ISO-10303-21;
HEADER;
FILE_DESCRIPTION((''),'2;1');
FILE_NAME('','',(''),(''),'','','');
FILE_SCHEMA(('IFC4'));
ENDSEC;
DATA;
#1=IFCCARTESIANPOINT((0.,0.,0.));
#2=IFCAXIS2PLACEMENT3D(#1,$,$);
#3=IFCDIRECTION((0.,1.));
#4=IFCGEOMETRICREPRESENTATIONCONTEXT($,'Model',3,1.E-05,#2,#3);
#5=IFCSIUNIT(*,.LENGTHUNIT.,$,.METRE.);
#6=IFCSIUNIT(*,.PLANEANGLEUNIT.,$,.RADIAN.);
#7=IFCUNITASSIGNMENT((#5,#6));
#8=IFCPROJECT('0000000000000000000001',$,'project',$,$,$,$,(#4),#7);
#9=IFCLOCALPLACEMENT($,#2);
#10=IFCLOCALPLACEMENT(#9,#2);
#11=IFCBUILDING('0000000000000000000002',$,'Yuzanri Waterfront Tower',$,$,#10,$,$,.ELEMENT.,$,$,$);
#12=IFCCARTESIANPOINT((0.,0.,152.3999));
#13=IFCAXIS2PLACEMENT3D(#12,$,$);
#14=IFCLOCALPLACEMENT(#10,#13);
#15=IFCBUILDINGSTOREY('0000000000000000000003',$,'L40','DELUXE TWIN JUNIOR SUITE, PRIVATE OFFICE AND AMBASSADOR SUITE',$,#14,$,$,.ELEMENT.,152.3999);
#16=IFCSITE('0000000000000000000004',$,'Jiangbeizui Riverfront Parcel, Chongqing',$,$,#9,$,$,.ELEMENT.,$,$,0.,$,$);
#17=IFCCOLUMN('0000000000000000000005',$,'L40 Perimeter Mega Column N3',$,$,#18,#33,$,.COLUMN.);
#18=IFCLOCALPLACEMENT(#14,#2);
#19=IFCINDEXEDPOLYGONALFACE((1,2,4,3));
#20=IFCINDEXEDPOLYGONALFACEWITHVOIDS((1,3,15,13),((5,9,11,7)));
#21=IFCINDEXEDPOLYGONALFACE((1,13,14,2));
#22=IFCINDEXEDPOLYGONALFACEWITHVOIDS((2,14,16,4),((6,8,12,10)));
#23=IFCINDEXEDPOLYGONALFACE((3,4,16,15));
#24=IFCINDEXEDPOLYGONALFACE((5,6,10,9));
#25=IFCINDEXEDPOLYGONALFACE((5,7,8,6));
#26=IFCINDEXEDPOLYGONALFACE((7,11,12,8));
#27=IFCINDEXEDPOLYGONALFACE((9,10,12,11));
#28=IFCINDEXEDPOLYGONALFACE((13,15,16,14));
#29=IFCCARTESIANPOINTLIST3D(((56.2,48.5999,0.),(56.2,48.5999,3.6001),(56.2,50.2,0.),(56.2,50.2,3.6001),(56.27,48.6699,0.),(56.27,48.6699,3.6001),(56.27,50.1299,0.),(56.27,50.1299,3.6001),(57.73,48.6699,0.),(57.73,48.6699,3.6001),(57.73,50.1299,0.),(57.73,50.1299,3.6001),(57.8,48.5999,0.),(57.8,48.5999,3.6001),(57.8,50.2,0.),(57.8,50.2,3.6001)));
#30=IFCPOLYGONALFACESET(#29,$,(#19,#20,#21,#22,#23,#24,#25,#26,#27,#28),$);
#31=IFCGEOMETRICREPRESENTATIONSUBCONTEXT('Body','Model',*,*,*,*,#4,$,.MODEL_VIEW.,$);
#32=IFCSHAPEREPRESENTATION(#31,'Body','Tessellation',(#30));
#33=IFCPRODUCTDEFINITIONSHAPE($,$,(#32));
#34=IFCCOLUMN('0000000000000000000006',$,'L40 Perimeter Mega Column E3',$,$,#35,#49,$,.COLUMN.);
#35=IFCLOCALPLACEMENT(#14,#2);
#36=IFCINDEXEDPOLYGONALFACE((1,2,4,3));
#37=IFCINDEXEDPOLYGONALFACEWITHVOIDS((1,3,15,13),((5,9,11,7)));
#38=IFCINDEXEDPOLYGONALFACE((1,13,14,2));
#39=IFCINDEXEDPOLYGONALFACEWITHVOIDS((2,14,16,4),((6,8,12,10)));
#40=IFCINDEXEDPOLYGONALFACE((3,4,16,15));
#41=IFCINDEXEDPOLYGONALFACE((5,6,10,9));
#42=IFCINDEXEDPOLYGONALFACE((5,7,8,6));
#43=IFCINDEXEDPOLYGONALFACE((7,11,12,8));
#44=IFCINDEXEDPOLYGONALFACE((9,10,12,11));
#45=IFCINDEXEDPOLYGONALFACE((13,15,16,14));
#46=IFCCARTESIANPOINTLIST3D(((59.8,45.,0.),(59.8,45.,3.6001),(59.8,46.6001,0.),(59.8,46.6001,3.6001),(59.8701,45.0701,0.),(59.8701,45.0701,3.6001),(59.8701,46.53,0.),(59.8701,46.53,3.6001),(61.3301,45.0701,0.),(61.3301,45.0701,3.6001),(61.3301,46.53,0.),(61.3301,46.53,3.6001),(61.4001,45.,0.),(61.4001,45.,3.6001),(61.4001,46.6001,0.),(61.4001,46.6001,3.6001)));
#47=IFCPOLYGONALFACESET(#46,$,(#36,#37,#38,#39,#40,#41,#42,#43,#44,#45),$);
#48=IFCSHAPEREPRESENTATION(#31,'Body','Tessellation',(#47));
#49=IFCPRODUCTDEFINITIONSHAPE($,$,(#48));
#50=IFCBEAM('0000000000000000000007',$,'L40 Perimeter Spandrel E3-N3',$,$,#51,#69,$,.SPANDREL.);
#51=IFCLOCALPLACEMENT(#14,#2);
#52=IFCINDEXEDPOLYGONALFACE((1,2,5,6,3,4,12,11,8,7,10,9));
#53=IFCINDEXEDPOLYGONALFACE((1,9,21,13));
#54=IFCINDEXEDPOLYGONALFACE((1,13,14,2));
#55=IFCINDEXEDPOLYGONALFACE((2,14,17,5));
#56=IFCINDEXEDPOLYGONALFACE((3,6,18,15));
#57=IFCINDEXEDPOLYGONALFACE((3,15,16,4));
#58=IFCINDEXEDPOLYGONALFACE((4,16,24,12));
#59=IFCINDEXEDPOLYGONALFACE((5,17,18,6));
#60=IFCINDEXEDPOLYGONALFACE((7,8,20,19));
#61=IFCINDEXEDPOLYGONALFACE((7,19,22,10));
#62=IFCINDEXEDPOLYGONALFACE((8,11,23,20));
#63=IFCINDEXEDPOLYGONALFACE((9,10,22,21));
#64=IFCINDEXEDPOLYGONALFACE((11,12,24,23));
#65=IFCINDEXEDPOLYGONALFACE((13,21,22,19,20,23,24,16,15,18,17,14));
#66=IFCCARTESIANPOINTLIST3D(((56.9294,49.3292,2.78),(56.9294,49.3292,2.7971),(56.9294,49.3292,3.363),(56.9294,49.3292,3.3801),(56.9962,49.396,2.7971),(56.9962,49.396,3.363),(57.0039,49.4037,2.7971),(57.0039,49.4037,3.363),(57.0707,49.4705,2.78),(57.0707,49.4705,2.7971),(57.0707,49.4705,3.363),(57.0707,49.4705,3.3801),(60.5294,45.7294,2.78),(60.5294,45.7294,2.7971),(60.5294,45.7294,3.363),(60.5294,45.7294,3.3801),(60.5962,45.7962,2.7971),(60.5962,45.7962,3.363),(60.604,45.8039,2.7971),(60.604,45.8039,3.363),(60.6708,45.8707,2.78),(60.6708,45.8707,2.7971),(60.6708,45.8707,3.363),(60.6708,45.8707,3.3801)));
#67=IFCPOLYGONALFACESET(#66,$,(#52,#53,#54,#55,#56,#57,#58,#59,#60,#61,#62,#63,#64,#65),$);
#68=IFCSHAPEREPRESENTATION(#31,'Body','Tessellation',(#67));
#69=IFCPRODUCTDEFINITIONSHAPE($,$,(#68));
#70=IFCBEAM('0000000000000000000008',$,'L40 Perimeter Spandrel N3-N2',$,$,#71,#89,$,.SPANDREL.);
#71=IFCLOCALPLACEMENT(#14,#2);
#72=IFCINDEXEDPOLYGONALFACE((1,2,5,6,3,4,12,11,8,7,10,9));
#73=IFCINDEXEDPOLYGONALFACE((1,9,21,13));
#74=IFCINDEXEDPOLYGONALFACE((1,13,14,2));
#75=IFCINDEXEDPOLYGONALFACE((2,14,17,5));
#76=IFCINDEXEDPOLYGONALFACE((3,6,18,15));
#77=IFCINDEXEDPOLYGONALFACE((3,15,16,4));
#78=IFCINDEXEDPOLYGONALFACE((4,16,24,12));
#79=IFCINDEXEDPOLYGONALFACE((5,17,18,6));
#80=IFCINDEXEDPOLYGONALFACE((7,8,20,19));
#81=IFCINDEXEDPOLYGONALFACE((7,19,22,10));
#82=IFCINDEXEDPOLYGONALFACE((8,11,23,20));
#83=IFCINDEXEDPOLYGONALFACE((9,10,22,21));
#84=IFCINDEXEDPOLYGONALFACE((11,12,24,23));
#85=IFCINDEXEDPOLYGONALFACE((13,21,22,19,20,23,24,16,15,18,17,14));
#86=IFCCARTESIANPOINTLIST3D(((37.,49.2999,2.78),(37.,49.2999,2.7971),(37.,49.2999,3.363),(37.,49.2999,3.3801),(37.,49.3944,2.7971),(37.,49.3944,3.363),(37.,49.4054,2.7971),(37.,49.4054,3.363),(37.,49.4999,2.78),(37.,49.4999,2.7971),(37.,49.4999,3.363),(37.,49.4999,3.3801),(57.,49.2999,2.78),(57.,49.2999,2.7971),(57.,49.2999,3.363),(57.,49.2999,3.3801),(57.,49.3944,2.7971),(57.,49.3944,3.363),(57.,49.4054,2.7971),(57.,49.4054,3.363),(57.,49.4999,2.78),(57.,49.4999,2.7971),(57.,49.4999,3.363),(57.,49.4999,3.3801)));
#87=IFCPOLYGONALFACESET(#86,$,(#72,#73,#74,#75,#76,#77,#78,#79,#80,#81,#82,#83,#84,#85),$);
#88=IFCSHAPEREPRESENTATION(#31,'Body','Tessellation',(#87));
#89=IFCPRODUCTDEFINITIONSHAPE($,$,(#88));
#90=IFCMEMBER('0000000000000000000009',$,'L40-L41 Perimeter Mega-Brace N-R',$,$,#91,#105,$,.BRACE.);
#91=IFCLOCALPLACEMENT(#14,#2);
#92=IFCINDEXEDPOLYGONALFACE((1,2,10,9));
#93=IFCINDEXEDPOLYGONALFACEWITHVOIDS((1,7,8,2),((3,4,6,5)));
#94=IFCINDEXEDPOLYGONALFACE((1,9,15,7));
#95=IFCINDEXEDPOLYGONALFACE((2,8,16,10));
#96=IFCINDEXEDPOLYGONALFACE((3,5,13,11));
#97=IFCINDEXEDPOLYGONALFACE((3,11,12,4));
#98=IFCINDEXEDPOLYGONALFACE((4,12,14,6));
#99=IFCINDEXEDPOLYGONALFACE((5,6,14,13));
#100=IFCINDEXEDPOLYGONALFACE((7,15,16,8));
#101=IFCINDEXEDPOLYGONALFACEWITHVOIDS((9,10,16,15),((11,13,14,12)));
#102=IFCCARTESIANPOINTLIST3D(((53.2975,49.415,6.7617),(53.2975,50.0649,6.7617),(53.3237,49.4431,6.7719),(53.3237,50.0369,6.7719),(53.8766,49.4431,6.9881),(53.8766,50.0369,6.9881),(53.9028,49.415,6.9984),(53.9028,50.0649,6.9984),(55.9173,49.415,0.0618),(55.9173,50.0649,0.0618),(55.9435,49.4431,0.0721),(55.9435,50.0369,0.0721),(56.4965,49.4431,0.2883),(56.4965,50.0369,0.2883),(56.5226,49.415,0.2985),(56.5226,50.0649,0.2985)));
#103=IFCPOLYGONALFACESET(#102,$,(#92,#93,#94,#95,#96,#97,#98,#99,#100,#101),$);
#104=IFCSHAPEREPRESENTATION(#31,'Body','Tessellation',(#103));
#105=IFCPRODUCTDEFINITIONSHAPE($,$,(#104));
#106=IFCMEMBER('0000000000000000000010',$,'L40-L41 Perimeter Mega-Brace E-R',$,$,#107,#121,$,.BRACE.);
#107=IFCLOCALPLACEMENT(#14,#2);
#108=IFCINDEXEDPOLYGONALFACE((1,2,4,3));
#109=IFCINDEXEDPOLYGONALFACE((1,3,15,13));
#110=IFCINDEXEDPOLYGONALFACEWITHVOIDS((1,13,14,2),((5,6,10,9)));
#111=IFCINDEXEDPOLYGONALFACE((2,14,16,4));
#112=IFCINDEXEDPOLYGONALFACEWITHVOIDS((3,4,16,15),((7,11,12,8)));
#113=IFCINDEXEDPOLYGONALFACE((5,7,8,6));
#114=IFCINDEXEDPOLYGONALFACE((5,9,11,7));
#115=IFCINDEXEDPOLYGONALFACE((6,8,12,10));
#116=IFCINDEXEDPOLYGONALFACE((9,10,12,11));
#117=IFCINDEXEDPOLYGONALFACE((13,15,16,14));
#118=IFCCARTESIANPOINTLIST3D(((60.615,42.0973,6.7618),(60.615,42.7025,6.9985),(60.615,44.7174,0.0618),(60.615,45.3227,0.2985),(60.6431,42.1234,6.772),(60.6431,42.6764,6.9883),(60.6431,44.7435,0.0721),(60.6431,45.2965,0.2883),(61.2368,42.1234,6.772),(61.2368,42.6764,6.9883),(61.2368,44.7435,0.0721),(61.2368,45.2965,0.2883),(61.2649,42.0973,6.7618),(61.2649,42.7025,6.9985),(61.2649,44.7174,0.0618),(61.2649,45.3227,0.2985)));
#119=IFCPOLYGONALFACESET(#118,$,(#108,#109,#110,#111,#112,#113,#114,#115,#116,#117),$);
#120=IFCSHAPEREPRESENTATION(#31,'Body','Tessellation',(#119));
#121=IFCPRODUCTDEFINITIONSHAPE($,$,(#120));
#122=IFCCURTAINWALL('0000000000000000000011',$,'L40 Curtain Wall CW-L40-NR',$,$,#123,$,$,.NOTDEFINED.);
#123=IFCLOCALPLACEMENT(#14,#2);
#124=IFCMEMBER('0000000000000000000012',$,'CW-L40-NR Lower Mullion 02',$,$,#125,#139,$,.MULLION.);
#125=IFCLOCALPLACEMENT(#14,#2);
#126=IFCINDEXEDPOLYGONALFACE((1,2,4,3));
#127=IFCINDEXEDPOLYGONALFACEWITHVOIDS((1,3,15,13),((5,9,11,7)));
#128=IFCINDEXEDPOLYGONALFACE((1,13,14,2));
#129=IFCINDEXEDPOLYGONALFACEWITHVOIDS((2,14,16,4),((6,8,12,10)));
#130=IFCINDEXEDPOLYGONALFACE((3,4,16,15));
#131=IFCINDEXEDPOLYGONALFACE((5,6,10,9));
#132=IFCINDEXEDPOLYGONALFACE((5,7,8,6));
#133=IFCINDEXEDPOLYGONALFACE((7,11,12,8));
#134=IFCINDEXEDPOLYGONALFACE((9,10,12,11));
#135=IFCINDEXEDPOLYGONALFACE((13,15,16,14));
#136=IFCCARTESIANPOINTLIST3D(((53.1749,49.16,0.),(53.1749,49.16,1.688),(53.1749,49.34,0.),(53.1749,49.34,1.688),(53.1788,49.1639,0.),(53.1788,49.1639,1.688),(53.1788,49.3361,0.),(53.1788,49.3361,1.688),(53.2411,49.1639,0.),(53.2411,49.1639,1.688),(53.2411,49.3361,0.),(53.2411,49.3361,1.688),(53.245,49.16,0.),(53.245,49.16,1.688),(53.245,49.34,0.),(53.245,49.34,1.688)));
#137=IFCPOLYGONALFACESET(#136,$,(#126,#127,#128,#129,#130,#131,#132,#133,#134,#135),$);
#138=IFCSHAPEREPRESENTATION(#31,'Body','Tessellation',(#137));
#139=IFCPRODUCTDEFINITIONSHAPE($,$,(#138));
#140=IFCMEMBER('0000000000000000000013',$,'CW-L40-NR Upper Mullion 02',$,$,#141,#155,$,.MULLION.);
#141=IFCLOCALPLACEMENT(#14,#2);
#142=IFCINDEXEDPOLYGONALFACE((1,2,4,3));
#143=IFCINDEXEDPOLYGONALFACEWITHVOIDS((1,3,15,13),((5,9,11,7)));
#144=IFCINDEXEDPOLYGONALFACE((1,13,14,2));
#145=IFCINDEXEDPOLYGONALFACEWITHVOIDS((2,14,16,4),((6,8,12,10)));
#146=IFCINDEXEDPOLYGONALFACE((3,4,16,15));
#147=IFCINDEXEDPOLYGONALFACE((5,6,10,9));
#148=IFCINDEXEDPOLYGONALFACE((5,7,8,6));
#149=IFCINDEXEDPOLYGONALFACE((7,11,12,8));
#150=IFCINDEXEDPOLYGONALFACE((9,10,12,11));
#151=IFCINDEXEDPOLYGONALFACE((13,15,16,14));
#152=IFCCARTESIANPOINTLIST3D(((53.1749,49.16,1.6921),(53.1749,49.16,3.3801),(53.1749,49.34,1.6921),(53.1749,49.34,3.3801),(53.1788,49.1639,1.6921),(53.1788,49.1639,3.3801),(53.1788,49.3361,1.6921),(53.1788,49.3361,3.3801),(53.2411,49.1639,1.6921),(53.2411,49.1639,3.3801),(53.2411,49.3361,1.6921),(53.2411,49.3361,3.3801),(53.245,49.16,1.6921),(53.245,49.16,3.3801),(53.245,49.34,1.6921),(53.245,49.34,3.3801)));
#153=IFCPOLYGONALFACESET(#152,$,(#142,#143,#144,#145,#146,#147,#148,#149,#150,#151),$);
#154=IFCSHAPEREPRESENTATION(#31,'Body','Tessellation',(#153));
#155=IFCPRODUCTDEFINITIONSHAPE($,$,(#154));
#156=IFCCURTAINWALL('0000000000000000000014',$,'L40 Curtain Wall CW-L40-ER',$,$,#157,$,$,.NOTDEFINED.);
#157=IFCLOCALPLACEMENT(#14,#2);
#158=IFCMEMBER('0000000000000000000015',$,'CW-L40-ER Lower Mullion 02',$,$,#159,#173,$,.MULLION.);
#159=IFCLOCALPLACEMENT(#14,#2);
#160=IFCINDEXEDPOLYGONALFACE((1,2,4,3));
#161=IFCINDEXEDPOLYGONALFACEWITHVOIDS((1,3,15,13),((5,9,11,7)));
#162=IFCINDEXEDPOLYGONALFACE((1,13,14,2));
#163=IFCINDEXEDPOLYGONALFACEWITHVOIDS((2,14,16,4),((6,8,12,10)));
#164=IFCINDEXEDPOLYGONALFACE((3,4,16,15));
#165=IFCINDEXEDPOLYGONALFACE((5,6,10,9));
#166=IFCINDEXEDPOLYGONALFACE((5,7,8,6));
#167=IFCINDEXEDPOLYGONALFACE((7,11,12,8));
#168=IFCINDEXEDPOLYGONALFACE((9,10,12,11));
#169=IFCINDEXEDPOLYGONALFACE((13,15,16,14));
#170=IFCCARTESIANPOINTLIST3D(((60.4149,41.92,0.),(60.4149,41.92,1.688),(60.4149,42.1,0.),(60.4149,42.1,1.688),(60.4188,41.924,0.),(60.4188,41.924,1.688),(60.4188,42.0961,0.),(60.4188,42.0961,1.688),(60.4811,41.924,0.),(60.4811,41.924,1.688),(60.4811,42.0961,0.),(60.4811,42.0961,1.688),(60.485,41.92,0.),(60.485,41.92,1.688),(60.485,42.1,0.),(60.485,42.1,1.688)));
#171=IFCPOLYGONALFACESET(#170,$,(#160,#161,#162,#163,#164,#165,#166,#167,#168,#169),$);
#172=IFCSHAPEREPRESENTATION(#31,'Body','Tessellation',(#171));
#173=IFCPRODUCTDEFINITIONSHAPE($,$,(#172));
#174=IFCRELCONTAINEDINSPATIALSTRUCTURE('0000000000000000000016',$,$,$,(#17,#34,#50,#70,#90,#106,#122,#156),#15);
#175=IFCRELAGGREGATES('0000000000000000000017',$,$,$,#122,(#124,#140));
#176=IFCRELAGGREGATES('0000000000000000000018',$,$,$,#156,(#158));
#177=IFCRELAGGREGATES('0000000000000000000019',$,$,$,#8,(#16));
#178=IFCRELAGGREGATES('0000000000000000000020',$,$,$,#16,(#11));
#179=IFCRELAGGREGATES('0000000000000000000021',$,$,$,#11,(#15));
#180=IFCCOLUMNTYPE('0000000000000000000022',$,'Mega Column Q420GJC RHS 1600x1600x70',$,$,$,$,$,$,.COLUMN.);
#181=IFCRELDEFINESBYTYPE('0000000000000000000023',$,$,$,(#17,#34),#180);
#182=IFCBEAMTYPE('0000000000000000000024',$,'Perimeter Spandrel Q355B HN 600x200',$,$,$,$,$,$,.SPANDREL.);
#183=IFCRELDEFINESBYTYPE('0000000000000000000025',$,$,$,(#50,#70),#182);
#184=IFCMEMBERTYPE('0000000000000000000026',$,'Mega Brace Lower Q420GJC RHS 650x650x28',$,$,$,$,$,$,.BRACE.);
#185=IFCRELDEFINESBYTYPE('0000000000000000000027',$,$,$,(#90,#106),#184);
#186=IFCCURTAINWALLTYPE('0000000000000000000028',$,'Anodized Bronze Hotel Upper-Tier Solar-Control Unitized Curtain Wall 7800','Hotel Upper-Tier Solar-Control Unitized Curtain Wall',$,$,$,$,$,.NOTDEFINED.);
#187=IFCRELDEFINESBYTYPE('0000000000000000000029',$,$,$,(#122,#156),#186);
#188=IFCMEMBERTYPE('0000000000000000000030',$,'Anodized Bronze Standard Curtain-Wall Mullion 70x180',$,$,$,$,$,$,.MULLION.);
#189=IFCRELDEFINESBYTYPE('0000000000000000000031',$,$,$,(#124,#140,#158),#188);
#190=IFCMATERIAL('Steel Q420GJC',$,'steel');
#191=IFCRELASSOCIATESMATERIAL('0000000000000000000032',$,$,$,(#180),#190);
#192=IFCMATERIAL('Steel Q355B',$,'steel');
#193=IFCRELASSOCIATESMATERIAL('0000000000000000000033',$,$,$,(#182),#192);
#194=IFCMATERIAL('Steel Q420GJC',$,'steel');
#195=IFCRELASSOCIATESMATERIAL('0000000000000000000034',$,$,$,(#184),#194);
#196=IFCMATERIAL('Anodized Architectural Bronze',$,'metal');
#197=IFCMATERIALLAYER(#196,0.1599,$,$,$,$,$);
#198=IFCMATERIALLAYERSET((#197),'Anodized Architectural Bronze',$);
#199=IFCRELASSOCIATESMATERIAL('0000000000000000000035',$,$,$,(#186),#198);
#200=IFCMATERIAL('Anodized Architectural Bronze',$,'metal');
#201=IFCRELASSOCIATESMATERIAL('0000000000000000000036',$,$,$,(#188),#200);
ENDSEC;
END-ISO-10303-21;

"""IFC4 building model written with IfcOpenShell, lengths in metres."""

from ifc_helpers import new_model, si_unit, direction, frame, origin, origin_2d, place, context, subcontext, project, spatial, hollow_rectangle, i_section, extrude, source, transform, mapped, material, layer, layer_set, material_profile, profile_set, type_object, element, aggregate, save


model = new_model("IFC4")

# Units and contexts
model_context = context("Model", 3, precision=1e-05, world=origin(), true_north=direction((0.0, 1.0)))
body_context = subcontext(model_context, "Body", "Model", "MODEL_VIEW")
ifc_project = project(units=[si_unit("LENGTHUNIT", "METRE"), si_unit("PLANEANGLEUNIT", "RADIAN")], contexts=[model_context])

# Site, building, storey
site_placement = place(None, origin())
site = spatial("IfcSite", under=ifc_project, at=site_placement, Name="Jiangbeizui Riverfront Parcel, Chongqing", CompositionType="ELEMENT", RefElevation=0.0)
building_placement = place(site_placement, origin())
building = spatial("IfcBuilding", under=site, at=building_placement, Name="Yuzanri Waterfront Tower", CompositionType="ELEMENT")
storey_placement = place(building_placement, frame((0.0, 0.0, 152.3999)))
storey = spatial("IfcBuildingStorey", under=building, at=storey_placement, Name="L40", Description="DELUXE TWIN JUNIOR SUITE, PRIVATE OFFICE AND AMBASSADOR SUITE", CompositionType="ELEMENT", Elevation=152.3999)

# Columns
ifc_material_1 = material(Name="Steel Q420GJC", Category="steel")
ifc_material_profile_1 = material_profile(ifc_material_1, hollow_rectangle(XDim=1.6001, YDim=1.6001, WallThickness=0.0701, at=origin_2d()), Name="RHS 1600x1600x70")
ifc_profile_set_1 = profile_set([ifc_material_profile_1], Name="Steel Q420GJC")
column_type = type_object("IfcColumnType", Name="Mega Column Q420GJC RHS 1600x1600x70", PredefinedType="COLUMN", material=ifc_profile_set_1)
shared_shape_1 = source(origin(), body_context, "Body", "SweptSolid", [
    extrude(hollow_rectangle(XDim=1.6001, YDim=1.6001, WallThickness=0.0701, at=origin_2d()), origin(), (0.0, 0.0, 1.0), 3.6001),
])
for number, where, z_axis, x_axis, name in (
    (1, (57.0, 49.3999, 0.0), (0.0, 0.0, 1.0), (1.0, 0.0, 0.0), "L40 Perimeter Mega Column N3"),
    (2, (60.6001, 45.8, 0.0), (0.0, 0.0, 1.0), (1.0, 0.0, 0.0), "L40 Perimeter Mega Column E3"),
):
    element("IfcColumn", number, at=place(storey_placement, frame(where, z_axis=z_axis, x_axis=x_axis)), inside=storey, type_object=column_type, Name=name, PredefinedType="COLUMN", context=body_context, shape_type="MappedRepresentation", body=[
        mapped(shared_shape_1, transform((0.0, 0.0, 0.0), scale=1.0)),
    ])

# Beams
ifc_material_2 = material(Name="Steel Q355B", Category="steel")
ifc_material_profile_2 = material_profile(ifc_material_2, i_section(OverallWidth=0.2, OverallDepth=0.6001, WebThickness=0.011, FlangeThickness=0.0171, at=origin_2d()), Name="HN 600x200x11x17")
ifc_profile_set_2 = profile_set([ifc_material_profile_2], Name="Steel Q355B")
beam_type = type_object("IfcBeamType", Name="Perimeter Spandrel Q355B HN 600x200", PredefinedType="SPANDREL", material=ifc_profile_set_2)
shared_shape_2 = source(origin(), body_context, "Body", "SweptSolid", [
    extrude(i_section(OverallWidth=0.2, OverallDepth=0.6001, WebThickness=0.011, FlangeThickness=0.0171, at=origin_2d()), origin(), (0.0, 0.0, 1.0), 5.0911),
])
beam_1_placement = place(storey_placement, frame((60.6001, 45.8, 3.0801), z_axis=(-0.707131, 0.707083, 0.0), x_axis=(-0.707083, -0.707131, 0.0)))
element("IfcBeam", 3, at=beam_1_placement, inside=storey, type_object=beam_type, Name="L40 Perimeter Spandrel E3-N3", PredefinedType="SPANDREL", context=body_context, shape_type="MappedRepresentation", body=[
    mapped(shared_shape_2, transform((0.0, 0.0, 0.0), scale=1.0)),
])
shared_shape_3 = source(origin(), body_context, "Body", "SweptSolid", [
    extrude(i_section(OverallWidth=0.2, OverallDepth=0.6001, WebThickness=0.011, FlangeThickness=0.0171, at=origin_2d()), origin(), (0.0, 0.0, 1.0), 20.0),
])
beam_2_placement = place(storey_placement, frame((57.0, 49.3999, 3.0801), z_axis=(-1.0, 0.0, 0.0), x_axis=(0.0, -1.0, 0.0)))
element("IfcBeam", 4, at=beam_2_placement, inside=storey, type_object=beam_type, Name="L40 Perimeter Spandrel N3-N2", PredefinedType="SPANDREL", context=body_context, shape_type="MappedRepresentation", body=[
    mapped(shared_shape_3, transform((0.0, 0.0, 0.0), scale=1.0)),
])

# Members
ifc_material_3 = material(Name="Steel Q420GJC", Category="steel")
ifc_material_profile_3 = material_profile(ifc_material_3, hollow_rectangle(XDim=0.6499, YDim=0.6499, WallThickness=0.0281, at=origin_2d()), Name="RHS 650x650x28")
ifc_profile_set_3 = profile_set([ifc_material_profile_3], Name="Steel Q420GJC")
member_type_1 = type_object("IfcMemberType", Name="Mega Brace Lower Q420GJC RHS 650x650x28", PredefinedType="BRACE", material=ifc_profile_set_3)
shared_shape_4 = source(origin(), body_context, "Body", "SweptSolid", [
    extrude(hollow_rectangle(XDim=0.6499, YDim=0.6499, WallThickness=0.0281, at=origin_2d()), origin(), (0.0, 0.0, 1.0), 7.1938),
])
member_1_placement = place(storey_placement, frame((56.22, 49.74, 0.1802), z_axis=(-0.364177, 0.0, 0.93133), x_axis=(0.0, -1.0, 0.0)))
element("IfcMember", 5, at=member_1_placement, inside=storey, type_object=member_type_1, Name="L40-L41 Perimeter Mega-Brace N-R", PredefinedType="BRACE", context=body_context, shape_type="MappedRepresentation", body=[
    mapped(shared_shape_4, transform((0.0, 0.0, 0.0), scale=1.0)),
])
shared_shape_5 = source(origin(), body_context, "Body", "SweptSolid", [
    extrude(hollow_rectangle(XDim=0.6499, YDim=0.6499, WallThickness=0.0281, at=origin_2d()), origin(), (0.0, 0.0, 1.0), 7.1941),
])
member_2_placement = place(storey_placement, frame((60.9399, 45.02, 0.1802), z_axis=(0.0, -0.364206, 0.931318), x_axis=(1.0, 0.0, 0.0)))
element("IfcMember", 6, at=member_2_placement, inside=storey, type_object=member_type_1, Name="L40-L41 Perimeter Mega-Brace E-R", PredefinedType="BRACE", context=body_context, shape_type="MappedRepresentation", body=[
    mapped(shared_shape_5, transform((0.0, 0.0, 0.0), scale=1.0)),
])

# Curtain walls, members
ifc_material_4 = material(Name="Anodized Architectural Bronze", Category="metal")
ifc_layer_1 = layer(ifc_material_4, 0.1599)
ifc_layer_set_1 = layer_set([ifc_layer_1], Name="Anodized Architectural Bronze")
curtain_wall_type = type_object("IfcCurtainWallType", Name="Anodized Bronze Hotel Upper-Tier Solar-Control Unitized Curtain Wall 7800", Description="Hotel Upper-Tier Solar-Control Unitized Curtain Wall", PredefinedType="NOTDEFINED", material=ifc_layer_set_1)
curtain_wall_1_placement = place(storey_placement, origin())
curtain_wall_1 = element("IfcCurtainWall", 7, at=curtain_wall_1_placement, inside=storey, type_object=curtain_wall_type, Name="L40 Curtain Wall CW-L40-NR", PredefinedType="NOTDEFINED")
ifc_material_5 = material(Name="Anodized Architectural Bronze", Category="metal")
ifc_material_profile_4 = material_profile(ifc_material_5, hollow_rectangle(XDim=0.0701, YDim=0.1799, WallThickness=0.0039, at=origin_2d()), Name="CWM 70x180")
ifc_profile_set_4 = profile_set([ifc_material_profile_4], Name="Anodized Architectural Bronze")
member_type_2 = type_object("IfcMemberType", Name="Anodized Bronze Standard Curtain-Wall Mullion 70x180", PredefinedType="MULLION", material=ifc_profile_set_4)
shared_shape_6 = source(origin(), body_context, "Body", "SweptSolid", [
    extrude(hollow_rectangle(XDim=0.0701, YDim=0.1799, WallThickness=0.0039, at=origin_2d()), origin(), (0.0, 0.0, 1.0), 1.688),
])
member_3_placement = place(storey_placement, frame((53.21, 49.25, 0.0), z_axis=(0.0, 0.0, 1.0), x_axis=(1.0, 0.0, 0.0)))
member_3 = element("IfcMember", 8, at=member_3_placement, type_object=member_type_2, Name="CW-L40-NR Lower Mullion 02", PredefinedType="MULLION", context=body_context, shape_type="MappedRepresentation", body=[
    mapped(shared_shape_6, transform((0.0, 0.0, 0.0), scale=1.0)),
])
member_4_placement = place(storey_placement, frame((53.21, 49.25, 1.6921), z_axis=(0.0, 0.0, 1.0), x_axis=(1.0, 0.0, 0.0)))
member_4 = element("IfcMember", 9, at=member_4_placement, type_object=member_type_2, Name="CW-L40-NR Upper Mullion 02", PredefinedType="MULLION", context=body_context, shape_type="MappedRepresentation", body=[
    mapped(shared_shape_6, transform((0.0, 0.0, 0.0), scale=1.0)),
])
aggregate(curtain_wall_1, [member_3, member_4])
curtain_wall_2_placement = place(storey_placement, origin())
curtain_wall_2 = element("IfcCurtainWall", 10, at=curtain_wall_2_placement, inside=storey, type_object=curtain_wall_type, Name="L40 Curtain Wall CW-L40-ER", PredefinedType="NOTDEFINED")
member_5_placement = place(storey_placement, frame((60.45, 42.01, 0.0), z_axis=(0.0, 0.0, 1.0), x_axis=(1.0, 0.0, 0.0)))
member_5 = element("IfcMember", 11, at=member_5_placement, type_object=member_type_2, Name="CW-L40-ER Lower Mullion 02", PredefinedType="MULLION", context=body_context, shape_type="MappedRepresentation", body=[
    mapped(shared_shape_6, transform((0.0, 0.0, 0.0), scale=1.0)),
])

aggregate(curtain_wall_2, [member_5])

save(model, "model.ifc")
